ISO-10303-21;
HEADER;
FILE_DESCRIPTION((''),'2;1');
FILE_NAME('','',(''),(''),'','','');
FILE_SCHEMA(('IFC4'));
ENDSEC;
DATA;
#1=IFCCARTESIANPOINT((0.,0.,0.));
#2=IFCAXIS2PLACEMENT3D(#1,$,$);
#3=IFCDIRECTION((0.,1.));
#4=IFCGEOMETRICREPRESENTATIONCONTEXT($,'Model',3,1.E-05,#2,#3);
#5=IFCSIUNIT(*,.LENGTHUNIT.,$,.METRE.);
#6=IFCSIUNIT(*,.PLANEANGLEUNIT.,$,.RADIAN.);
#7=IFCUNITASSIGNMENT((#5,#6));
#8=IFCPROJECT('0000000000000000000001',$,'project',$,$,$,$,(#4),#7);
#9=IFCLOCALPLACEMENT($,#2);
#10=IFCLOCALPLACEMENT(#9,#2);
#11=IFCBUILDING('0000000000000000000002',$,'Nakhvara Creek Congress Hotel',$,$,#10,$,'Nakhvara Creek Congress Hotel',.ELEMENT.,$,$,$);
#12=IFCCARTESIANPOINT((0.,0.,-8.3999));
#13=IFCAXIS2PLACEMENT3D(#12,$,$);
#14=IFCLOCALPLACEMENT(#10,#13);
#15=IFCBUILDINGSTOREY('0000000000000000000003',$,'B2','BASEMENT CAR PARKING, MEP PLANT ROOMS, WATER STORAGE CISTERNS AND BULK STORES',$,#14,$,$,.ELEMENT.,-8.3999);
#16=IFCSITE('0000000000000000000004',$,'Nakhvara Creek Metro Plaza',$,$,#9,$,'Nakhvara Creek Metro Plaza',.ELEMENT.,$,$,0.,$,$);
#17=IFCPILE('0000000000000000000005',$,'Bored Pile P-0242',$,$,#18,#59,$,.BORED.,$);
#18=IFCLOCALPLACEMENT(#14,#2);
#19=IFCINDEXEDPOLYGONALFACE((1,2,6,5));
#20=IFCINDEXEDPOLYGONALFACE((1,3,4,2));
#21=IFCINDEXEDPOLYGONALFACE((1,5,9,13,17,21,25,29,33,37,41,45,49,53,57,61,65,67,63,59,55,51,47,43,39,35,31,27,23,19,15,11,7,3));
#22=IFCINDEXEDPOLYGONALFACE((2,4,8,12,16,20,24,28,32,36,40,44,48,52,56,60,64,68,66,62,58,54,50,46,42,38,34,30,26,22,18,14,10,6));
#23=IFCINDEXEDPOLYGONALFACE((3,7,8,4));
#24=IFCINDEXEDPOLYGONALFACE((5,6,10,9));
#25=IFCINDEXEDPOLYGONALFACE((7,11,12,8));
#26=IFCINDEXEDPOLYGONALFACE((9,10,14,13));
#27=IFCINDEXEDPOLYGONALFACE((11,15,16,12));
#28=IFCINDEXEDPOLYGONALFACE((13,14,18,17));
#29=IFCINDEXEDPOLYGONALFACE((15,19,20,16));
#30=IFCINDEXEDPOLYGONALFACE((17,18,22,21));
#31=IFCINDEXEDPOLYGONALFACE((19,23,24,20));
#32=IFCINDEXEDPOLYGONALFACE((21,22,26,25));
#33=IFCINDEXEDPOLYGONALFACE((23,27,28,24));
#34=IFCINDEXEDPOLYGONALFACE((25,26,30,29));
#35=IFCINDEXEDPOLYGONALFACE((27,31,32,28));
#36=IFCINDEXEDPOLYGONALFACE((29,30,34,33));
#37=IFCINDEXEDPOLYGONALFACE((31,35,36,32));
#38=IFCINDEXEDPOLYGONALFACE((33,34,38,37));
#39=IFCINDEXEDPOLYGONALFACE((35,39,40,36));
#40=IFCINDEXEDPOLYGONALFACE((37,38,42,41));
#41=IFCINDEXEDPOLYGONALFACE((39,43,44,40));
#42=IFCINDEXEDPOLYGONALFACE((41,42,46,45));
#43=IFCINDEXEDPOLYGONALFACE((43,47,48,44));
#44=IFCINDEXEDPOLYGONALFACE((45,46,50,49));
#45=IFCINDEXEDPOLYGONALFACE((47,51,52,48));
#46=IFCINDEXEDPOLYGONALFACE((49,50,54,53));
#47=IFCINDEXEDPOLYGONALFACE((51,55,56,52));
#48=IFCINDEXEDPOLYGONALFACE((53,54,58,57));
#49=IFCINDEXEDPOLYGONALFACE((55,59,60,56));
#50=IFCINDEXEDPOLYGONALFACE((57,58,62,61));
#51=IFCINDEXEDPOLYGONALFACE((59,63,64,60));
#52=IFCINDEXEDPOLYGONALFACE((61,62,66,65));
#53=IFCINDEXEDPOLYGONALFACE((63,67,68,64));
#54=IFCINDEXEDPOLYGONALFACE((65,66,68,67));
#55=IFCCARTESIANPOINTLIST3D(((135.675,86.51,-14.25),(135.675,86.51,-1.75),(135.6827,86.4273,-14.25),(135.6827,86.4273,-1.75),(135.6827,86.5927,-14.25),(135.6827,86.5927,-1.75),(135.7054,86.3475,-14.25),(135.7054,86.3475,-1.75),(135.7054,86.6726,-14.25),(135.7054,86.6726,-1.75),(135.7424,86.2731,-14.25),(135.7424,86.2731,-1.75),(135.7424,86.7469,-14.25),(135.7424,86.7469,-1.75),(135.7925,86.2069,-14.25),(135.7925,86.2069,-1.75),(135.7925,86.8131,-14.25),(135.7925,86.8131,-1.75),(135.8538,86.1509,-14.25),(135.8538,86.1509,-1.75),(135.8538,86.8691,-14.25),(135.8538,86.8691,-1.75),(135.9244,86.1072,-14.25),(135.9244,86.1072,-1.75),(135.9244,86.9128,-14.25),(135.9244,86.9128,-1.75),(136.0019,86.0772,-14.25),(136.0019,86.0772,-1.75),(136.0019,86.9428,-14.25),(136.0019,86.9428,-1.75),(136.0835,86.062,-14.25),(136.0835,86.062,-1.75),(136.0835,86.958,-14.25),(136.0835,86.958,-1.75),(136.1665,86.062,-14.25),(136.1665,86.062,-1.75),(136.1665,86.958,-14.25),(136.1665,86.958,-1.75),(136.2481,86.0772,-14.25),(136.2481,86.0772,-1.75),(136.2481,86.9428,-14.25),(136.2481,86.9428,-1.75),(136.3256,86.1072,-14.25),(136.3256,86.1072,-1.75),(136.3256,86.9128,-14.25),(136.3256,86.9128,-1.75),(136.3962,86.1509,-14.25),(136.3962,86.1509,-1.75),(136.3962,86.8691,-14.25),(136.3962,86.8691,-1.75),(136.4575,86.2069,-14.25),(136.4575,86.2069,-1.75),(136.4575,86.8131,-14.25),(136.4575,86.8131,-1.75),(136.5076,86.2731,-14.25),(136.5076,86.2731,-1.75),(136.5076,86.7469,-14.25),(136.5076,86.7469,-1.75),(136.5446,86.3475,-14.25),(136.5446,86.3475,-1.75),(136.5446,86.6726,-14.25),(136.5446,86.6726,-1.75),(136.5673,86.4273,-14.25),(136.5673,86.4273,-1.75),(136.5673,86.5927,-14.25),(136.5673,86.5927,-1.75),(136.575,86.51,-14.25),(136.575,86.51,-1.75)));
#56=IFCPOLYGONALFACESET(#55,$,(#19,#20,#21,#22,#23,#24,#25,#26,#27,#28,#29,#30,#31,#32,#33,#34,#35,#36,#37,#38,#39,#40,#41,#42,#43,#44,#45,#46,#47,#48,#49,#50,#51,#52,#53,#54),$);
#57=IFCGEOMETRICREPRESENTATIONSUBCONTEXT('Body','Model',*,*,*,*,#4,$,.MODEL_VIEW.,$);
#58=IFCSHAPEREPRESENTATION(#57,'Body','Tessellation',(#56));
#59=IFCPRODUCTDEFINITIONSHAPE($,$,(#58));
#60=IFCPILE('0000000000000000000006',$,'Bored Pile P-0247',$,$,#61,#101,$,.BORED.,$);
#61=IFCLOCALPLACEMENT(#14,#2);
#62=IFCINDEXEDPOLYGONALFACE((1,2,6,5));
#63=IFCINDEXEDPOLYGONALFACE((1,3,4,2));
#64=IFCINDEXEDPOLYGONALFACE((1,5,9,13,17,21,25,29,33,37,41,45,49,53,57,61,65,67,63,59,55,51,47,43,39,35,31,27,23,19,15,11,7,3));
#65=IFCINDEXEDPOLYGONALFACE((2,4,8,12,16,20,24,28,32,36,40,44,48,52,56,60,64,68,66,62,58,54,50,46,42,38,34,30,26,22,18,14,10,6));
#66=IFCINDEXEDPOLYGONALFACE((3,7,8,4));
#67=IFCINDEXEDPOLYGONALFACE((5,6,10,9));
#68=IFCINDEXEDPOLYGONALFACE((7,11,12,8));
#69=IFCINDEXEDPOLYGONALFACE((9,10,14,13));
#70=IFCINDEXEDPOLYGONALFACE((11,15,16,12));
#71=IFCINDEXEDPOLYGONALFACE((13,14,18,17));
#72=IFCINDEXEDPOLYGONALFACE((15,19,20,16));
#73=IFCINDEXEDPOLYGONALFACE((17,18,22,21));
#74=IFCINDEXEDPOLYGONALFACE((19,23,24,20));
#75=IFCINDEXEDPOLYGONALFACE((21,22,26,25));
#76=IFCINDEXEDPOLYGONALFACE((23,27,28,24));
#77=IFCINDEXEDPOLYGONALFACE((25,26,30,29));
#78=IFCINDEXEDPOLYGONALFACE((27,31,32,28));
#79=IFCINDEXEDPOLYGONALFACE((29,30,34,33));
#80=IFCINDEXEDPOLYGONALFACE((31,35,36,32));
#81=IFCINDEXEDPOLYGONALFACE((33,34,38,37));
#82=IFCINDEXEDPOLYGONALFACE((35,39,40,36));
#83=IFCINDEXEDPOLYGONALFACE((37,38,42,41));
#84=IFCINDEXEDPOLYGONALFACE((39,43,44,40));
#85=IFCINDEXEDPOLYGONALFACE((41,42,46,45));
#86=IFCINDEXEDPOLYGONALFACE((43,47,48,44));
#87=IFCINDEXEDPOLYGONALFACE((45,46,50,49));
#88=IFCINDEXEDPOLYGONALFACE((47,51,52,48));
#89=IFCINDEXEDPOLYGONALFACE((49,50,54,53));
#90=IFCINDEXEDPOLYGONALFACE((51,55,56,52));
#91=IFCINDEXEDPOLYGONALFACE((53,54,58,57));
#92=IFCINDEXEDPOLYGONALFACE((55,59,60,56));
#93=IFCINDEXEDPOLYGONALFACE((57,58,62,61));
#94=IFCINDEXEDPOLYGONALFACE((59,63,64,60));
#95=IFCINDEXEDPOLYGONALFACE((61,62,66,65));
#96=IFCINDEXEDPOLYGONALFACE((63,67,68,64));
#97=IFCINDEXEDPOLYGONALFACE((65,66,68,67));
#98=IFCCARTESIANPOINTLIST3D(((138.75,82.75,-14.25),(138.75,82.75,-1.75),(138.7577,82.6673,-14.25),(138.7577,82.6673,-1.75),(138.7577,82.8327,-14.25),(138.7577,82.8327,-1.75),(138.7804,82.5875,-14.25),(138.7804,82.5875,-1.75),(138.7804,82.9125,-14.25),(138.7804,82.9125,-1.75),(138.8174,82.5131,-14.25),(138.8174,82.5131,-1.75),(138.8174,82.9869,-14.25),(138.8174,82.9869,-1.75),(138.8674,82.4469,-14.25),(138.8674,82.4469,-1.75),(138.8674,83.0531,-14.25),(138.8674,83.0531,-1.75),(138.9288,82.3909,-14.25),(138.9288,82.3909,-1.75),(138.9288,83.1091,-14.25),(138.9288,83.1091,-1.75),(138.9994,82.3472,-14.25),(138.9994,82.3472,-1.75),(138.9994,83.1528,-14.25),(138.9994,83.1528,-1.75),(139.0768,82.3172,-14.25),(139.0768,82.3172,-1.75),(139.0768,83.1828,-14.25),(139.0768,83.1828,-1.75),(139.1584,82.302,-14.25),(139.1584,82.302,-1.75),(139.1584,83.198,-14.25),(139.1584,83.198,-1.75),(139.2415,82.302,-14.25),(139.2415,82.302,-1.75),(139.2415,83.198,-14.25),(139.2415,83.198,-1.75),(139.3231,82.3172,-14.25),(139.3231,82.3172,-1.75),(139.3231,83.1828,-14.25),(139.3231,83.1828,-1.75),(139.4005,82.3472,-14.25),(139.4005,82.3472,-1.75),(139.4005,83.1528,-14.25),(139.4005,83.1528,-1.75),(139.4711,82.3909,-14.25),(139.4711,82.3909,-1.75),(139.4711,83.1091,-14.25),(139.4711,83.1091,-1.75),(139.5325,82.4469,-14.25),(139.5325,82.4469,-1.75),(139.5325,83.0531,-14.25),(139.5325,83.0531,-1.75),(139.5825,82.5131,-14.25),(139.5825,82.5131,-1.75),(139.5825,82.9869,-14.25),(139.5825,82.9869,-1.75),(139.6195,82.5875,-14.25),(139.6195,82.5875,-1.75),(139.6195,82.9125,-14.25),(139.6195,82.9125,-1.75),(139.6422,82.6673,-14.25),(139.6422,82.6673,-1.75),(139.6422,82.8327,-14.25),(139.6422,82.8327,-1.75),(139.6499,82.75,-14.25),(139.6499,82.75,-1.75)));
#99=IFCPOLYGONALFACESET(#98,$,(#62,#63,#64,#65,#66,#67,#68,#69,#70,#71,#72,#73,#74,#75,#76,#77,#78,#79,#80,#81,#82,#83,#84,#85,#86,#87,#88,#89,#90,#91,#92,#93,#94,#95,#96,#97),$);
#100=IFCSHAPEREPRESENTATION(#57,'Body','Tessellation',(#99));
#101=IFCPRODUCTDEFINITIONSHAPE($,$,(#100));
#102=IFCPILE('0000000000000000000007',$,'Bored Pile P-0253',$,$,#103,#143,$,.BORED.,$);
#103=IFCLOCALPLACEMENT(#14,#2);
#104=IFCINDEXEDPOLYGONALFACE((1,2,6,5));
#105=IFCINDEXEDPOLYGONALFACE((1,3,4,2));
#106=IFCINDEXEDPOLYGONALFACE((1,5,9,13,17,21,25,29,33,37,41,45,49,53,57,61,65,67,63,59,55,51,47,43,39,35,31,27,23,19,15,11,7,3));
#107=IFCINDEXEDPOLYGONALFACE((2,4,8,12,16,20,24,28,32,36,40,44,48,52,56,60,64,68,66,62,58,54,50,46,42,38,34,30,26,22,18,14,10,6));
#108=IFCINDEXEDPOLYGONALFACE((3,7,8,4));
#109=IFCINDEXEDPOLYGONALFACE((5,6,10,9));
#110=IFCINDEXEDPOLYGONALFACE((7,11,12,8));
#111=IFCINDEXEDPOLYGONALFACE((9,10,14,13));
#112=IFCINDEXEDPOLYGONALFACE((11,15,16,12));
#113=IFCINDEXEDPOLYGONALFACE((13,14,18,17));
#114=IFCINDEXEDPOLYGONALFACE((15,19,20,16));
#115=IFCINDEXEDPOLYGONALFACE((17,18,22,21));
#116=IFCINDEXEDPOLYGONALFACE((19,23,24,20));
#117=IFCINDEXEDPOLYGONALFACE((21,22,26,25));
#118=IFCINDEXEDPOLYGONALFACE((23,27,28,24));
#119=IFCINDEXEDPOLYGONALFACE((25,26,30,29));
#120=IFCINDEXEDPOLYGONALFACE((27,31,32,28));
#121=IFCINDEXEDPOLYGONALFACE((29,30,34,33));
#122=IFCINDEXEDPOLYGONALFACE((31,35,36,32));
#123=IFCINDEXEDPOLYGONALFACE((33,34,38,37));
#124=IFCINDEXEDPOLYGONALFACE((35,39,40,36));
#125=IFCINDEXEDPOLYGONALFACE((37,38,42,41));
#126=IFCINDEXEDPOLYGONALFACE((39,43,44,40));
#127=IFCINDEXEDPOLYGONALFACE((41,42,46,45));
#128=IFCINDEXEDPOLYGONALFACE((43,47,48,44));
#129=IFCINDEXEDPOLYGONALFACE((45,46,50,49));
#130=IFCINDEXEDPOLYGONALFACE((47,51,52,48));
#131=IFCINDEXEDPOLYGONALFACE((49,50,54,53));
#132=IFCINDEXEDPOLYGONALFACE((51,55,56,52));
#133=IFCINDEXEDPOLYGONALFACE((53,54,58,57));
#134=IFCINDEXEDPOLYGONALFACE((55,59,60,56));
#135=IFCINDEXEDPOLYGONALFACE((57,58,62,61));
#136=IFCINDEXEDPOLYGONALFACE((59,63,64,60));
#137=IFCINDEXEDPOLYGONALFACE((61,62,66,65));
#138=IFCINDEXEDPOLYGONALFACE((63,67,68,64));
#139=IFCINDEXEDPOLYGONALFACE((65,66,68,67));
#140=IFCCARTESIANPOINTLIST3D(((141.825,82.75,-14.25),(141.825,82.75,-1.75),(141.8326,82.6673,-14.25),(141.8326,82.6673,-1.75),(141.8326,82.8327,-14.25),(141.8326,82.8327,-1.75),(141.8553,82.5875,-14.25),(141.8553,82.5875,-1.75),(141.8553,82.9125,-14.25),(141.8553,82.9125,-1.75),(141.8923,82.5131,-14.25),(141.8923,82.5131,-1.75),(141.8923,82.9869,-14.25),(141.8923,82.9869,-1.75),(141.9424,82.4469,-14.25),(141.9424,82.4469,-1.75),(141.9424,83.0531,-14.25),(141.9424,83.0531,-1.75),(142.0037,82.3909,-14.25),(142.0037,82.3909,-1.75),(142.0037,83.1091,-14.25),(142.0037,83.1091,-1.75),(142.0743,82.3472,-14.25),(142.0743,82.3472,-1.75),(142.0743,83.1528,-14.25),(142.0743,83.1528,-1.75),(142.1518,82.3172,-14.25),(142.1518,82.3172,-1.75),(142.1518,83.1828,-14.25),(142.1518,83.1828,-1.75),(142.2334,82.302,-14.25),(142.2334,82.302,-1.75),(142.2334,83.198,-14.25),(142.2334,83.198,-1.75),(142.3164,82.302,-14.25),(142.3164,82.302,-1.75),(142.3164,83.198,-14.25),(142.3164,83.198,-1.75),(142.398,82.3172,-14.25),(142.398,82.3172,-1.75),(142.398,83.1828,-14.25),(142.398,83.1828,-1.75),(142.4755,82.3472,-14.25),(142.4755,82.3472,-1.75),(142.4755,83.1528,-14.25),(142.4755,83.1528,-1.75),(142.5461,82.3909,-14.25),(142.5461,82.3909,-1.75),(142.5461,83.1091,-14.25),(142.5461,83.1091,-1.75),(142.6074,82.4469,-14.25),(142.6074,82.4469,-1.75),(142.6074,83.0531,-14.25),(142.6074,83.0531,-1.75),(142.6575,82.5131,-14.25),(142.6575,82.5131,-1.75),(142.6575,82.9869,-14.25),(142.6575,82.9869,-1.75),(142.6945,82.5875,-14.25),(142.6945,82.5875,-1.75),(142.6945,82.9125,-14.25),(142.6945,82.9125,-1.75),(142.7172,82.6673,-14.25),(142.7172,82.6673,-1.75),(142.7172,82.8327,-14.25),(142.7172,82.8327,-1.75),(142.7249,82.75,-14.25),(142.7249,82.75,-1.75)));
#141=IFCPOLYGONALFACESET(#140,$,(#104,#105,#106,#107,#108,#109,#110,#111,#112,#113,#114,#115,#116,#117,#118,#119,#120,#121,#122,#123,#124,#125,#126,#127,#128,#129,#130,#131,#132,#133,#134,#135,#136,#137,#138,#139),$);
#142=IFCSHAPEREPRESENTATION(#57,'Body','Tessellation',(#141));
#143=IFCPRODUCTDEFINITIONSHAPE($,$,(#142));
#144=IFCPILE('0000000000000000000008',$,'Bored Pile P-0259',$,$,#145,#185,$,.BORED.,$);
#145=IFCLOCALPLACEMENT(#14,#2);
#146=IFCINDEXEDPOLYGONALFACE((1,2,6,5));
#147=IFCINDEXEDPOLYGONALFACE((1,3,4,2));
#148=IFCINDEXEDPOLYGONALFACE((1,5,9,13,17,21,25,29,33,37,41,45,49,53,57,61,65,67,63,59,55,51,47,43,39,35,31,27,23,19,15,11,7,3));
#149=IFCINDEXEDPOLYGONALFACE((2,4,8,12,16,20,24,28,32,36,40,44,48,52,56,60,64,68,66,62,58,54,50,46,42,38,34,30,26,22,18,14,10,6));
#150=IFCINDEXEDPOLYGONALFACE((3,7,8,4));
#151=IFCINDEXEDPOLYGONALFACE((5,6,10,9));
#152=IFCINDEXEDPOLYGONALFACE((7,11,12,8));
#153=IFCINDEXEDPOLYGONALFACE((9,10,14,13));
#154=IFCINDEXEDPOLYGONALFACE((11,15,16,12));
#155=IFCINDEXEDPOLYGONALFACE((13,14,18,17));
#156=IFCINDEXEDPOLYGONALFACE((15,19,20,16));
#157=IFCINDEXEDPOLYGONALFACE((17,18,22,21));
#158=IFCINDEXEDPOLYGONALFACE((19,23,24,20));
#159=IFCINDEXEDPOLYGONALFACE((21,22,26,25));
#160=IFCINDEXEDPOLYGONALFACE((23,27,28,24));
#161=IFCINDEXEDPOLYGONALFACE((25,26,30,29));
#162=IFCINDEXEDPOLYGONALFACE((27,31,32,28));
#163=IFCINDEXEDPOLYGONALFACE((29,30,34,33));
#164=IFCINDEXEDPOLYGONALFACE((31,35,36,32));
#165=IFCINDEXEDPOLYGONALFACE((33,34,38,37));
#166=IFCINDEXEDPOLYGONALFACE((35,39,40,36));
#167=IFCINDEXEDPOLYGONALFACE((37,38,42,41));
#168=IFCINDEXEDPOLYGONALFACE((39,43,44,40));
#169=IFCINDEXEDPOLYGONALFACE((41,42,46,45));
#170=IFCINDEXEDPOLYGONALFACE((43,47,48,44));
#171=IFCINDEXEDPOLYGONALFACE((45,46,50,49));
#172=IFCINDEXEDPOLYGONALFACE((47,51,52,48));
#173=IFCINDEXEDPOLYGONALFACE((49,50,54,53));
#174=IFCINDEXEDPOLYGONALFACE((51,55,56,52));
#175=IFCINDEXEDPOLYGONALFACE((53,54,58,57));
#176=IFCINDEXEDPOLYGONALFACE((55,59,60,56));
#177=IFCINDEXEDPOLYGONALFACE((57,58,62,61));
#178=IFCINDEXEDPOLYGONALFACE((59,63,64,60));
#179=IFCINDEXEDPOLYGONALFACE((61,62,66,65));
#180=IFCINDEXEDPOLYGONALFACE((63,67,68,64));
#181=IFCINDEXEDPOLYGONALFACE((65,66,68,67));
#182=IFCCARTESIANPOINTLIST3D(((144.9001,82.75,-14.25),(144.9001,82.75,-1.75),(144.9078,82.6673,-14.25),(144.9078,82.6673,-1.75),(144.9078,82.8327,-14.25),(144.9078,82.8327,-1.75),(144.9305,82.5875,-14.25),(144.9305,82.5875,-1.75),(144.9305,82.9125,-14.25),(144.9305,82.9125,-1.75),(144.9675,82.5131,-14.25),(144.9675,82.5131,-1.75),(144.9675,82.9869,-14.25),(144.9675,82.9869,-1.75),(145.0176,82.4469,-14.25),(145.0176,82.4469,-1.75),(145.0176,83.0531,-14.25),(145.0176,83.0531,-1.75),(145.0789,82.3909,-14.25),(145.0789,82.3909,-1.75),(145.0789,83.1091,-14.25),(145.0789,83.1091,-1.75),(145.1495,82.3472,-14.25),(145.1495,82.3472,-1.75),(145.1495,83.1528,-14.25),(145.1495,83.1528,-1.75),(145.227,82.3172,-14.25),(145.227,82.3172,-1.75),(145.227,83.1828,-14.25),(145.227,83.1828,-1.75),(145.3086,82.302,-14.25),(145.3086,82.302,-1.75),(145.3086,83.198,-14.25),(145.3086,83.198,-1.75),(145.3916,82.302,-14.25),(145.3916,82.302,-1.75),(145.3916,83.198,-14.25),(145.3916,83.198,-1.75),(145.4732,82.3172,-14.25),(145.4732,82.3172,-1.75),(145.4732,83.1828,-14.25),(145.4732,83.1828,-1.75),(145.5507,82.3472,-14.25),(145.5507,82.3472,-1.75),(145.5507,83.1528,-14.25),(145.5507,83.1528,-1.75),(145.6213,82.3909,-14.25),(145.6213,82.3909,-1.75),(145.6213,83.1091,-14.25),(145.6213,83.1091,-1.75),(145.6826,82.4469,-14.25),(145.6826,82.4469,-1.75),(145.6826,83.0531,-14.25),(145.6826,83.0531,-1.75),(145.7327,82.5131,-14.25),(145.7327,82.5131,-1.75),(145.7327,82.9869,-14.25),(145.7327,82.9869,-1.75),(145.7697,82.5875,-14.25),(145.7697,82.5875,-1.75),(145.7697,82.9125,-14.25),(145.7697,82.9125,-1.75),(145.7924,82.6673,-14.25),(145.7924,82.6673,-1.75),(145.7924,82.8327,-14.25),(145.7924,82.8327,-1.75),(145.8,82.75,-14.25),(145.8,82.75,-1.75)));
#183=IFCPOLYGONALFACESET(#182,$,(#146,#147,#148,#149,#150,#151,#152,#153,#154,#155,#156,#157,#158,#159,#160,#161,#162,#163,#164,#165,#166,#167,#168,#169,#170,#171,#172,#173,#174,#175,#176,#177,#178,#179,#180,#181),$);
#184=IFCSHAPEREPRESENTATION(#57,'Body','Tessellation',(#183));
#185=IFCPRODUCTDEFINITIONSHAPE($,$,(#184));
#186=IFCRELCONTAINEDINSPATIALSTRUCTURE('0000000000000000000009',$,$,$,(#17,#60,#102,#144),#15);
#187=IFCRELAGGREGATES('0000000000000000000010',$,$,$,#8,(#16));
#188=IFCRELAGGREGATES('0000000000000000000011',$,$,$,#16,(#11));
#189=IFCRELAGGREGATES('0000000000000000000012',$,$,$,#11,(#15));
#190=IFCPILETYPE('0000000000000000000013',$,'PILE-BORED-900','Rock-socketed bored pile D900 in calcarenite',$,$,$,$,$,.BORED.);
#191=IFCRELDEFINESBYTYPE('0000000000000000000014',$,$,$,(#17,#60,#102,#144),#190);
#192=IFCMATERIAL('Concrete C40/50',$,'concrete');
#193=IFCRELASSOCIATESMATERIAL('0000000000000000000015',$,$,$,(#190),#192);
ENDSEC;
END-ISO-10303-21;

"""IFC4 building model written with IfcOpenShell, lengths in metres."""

from ifc_helpers import new_model, si_unit, direction, frame, origin, origin_2d, place, context, subcontext, project, spatial, circle, extrude, material, material_profile, profile_set, type_object, element, save


model = new_model("IFC4")

# Units and contexts
model_context = context("Model", 3, precision=1e-05, world=origin(), true_north=direction((0.0, 1.0)))
body_context = subcontext(model_context, "Body", "Model", "MODEL_VIEW")
ifc_project = project(units=[si_unit("LENGTHUNIT", "METRE"), si_unit("PLANEANGLEUNIT", "RADIAN")], contexts=[model_context])

# Site, building, storey
site_placement = place(None, origin())
site = spatial("IfcSite", under=ifc_project, at=site_placement, Name="Nakhvara Creek Metro Plaza", LongName="Nakhvara Creek Metro Plaza", CompositionType="ELEMENT", RefElevation=0.0)
building_placement = place(site_placement, origin())
building = spatial("IfcBuilding", under=site, at=building_placement, Name="Nakhvara Creek Congress Hotel", LongName="Nakhvara Creek Congress Hotel", CompositionType="ELEMENT")
storey_placement = place(building_placement, frame((0.0, 0.0, -8.3999)))
storey = spatial("IfcBuildingStorey", under=building, at=storey_placement, Name="B2", Description="BASEMENT CAR PARKING, MEP PLANT ROOMS, WATER STORAGE CISTERNS AND BULK STORES", CompositionType="ELEMENT", Elevation=-8.3999)

# Shared definitions
ifc_material_1 = material(Name="Concrete C40/50", Category="concrete")

# Piles
ifc_material_profile_1 = material_profile(ifc_material_1, circle(Radius=0.45, at=origin_2d()), Name="BORED PILE D900", Category="LoadBearing")
ifc_profile_set_1 = profile_set([ifc_material_profile_1], Name="Concrete C40/50")
pile_type_1 = type_object("IfcPileType", Name="PILE-BORED-900", Description="Rock-socketed bored pile D900 in calcarenite", PredefinedType="BORED", material=ifc_profile_set_1)
for number, where, z_axis, x_axis, name in (
    (1, (136.125, 86.51, -1.75), (0.0, 0.0, -1.0), (1.0, 0.0, 0.0), "Bored Pile P-0242"),
    (2, (139.2, 82.75, -1.75), (0.0, 0.0, -1.0), (1.0, 0.0, 0.0), "Bored Pile P-0247"),
    (3, (142.2749, 82.75, -1.75), (0.0, 0.0, -1.0), (1.0, 0.0, 0.0), "Bored Pile P-0253"),
    (4, (145.3501, 82.75, -1.75), (0.0, 0.0, -1.0), (1.0, 0.0, 0.0), "Bored Pile P-0259"),
):
    element("IfcPile", number, at=place(storey_placement, frame(where, z_axis=z_axis, x_axis=x_axis)), inside=storey, type_object=pile_type_1, Name=name, PredefinedType="BORED", context=body_context, shape_type="SweptSolid", body=[
        extrude(circle(Radius=0.45, at=origin_2d()), origin(), (0.0, 0.0, 1.0), 12.5),
    ])

save(model, "model.ifc")
